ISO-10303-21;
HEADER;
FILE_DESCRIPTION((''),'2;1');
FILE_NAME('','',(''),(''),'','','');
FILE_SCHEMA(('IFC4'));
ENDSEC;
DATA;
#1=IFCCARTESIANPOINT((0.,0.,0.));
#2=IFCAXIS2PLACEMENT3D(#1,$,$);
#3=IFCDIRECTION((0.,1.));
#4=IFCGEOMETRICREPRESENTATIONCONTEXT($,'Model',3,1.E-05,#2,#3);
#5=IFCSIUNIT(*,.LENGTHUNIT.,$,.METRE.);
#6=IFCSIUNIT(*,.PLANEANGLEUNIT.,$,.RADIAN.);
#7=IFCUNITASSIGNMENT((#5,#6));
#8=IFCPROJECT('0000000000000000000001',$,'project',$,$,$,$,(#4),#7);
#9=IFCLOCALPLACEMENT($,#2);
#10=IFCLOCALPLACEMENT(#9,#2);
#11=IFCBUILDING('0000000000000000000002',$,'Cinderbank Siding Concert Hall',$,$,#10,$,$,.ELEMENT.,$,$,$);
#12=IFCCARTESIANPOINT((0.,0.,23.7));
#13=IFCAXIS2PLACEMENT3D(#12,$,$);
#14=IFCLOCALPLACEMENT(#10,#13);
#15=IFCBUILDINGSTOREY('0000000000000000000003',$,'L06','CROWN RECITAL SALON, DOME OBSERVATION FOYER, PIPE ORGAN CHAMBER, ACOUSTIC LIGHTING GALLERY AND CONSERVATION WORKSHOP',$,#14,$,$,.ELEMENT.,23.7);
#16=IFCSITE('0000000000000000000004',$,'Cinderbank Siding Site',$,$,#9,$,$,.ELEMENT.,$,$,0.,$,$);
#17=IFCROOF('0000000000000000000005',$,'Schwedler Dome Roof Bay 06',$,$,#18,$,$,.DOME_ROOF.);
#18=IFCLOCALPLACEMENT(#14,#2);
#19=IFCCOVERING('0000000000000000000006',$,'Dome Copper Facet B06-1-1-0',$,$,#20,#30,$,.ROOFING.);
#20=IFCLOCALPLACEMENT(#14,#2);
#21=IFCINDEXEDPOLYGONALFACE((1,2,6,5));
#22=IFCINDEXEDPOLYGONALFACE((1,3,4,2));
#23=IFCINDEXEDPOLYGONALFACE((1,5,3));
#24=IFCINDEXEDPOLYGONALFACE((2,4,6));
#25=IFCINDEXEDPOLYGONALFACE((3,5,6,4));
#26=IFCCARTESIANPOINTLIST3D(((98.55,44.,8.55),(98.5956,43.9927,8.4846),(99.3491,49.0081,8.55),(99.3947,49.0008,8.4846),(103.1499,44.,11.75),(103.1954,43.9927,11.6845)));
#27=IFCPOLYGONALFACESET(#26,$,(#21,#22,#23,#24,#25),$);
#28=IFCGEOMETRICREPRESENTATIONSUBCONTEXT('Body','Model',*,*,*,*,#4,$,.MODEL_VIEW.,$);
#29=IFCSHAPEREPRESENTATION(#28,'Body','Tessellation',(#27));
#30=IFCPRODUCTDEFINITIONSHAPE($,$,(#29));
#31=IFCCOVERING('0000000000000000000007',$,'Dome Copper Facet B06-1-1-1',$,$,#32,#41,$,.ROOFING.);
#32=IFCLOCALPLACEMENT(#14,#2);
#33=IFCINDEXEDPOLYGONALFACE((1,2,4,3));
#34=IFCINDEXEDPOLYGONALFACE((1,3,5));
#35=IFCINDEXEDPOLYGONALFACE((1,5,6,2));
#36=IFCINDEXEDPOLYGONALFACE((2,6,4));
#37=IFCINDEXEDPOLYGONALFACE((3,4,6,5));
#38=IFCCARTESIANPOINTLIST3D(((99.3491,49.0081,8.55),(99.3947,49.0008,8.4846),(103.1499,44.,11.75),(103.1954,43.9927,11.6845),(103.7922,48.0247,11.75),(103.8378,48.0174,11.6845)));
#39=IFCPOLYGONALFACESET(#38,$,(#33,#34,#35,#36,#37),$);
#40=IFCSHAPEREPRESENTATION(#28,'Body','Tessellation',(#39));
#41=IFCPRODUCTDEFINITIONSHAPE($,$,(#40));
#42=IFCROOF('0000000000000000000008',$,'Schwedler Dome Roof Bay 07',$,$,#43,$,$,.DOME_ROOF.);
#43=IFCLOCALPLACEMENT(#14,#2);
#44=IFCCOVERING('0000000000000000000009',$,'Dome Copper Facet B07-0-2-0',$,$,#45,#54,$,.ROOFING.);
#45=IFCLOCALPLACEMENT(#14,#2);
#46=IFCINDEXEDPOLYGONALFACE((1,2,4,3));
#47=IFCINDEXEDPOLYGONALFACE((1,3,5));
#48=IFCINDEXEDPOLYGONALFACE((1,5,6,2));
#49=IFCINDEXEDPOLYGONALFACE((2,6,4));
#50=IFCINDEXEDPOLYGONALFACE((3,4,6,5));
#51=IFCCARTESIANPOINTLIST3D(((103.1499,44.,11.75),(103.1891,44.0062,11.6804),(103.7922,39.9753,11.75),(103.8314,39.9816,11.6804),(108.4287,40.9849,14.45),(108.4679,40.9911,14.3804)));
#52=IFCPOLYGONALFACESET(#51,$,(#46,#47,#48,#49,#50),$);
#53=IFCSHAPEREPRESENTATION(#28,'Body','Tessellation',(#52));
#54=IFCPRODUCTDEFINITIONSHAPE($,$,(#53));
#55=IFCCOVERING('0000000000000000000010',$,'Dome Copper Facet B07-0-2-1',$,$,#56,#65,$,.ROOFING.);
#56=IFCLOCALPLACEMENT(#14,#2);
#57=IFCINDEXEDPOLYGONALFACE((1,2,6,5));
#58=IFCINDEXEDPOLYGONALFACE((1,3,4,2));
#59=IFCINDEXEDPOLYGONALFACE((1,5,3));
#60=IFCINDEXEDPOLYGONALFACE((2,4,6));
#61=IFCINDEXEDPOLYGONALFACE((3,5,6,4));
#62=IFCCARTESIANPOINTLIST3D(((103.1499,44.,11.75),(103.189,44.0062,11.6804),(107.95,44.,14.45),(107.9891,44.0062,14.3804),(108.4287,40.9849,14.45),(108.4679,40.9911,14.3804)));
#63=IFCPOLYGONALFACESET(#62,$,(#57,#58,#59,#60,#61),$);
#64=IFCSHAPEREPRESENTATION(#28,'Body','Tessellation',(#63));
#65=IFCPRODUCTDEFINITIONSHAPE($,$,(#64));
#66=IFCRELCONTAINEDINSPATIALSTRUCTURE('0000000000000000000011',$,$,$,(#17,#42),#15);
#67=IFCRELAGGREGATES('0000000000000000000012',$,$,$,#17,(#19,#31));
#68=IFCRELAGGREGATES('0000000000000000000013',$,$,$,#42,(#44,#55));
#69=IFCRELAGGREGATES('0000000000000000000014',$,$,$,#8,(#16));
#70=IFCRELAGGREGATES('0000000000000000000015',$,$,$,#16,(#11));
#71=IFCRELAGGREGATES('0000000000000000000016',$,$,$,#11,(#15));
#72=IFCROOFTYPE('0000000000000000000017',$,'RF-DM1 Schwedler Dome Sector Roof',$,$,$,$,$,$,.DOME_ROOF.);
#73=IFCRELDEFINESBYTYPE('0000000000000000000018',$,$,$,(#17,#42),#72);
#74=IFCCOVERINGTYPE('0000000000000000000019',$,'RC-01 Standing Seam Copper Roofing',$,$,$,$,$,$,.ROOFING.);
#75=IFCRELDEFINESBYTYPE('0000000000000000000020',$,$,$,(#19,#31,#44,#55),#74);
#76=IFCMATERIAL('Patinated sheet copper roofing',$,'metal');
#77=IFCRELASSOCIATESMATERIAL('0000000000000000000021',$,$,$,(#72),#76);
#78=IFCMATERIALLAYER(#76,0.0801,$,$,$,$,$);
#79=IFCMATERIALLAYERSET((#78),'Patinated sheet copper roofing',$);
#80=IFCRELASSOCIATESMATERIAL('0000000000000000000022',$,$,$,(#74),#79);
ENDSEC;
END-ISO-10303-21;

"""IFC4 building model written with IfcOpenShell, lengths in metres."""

from ifc_helpers import new_model, si_unit, direction, frame, origin, place, context, subcontext, project, spatial, polyline, outline, extrude, material, layer, layer_set, type_object, element, aggregate, save


model = new_model("IFC4")

# Units and contexts
model_context = context("Model", 3, precision=1e-05, world=origin(), true_north=direction((0.0, 1.0)))
body_context = subcontext(model_context, "Body", "Model", "MODEL_VIEW")
ifc_project = project(units=[si_unit("LENGTHUNIT", "METRE"), si_unit("PLANEANGLEUNIT", "RADIAN")], contexts=[model_context])

# Site, building, storey
site_placement = place(None, origin())
site = spatial("IfcSite", under=ifc_project, at=site_placement, Name="Cinderbank Siding Site", CompositionType="ELEMENT", RefElevation=0.0)
building_placement = place(site_placement, origin())
building = spatial("IfcBuilding", under=site, at=building_placement, Name="Cinderbank Siding Concert Hall", CompositionType="ELEMENT")
storey_placement = place(building_placement, frame((0.0, 0.0, 23.7)))
storey = spatial("IfcBuildingStorey", under=building, at=storey_placement, Name="L06", Description="CROWN RECITAL SALON, DOME OBSERVATION FOYER, PIPE ORGAN CHAMBER, ACOUSTIC LIGHTING GALLERY AND CONSERVATION WORKSHOP", CompositionType="ELEMENT", Elevation=23.7)

# Roofs, coverings
ifc_material_1 = material(Name="Patinated sheet copper roofing", Category="metal")
roof_type = type_object("IfcRoofType", Name="RF-DM1 Schwedler Dome Sector Roof", PredefinedType="DOME_ROOF", material=ifc_material_1)
roof_1_placement = place(storey_placement, origin())
roof_1 = element("IfcRoof", 1, at=roof_1_placement, inside=storey, type_object=roof_type, Name="Schwedler Dome Roof Bay 06", PredefinedType="DOME_ROOF")
ifc_layer_1 = layer(ifc_material_1, 0.0801)
ifc_layer_set_1 = layer_set([ifc_layer_1], Name="Patinated sheet copper roofing")
covering_type = type_object("IfcCoveringType", Name="RC-01 Standing Seam Copper Roofing", PredefinedType="ROOFING", material=ifc_layer_set_1)
covering_1_placement = place(storey_placement, frame((99.3491, 49.0081, 8.55), z_axis=(-0.568715, 0.090743, 0.817514), x_axis=(-0.157564, -0.987509, 0.0)))
covering_1 = element("IfcCovering", 2, at=covering_1_placement, type_object=covering_type, Name="Dome Copper Facet B06-1-1-0", PredefinedType="ROOFING", context=body_context, shape_type="SweptSolid", body=[
    extrude(outline(polyline([(0.0, 0.0), (5.0714, 0.0), (4.3466, 5.5564), (0.0, 0.0)])), origin(), (0.0, 0.0, -1.0), 0.0801),
])
covering_2_placement = place(storey_placement, frame((99.3491, 49.0081, 8.55), z_axis=(-0.568696, 0.090764, 0.817525), x_axis=(0.538772, -0.709907, 0.453603)))
covering_2 = element("IfcCovering", 3, at=covering_2_placement, type_object=covering_type, Name="Dome Copper Facet B06-1-1-1", PredefinedType="ROOFING", context=body_context, shape_type="SweptSolid", body=[
    extrude(outline(polyline([(0.0, 0.0), (7.0545, 0.0), (4.5435, 3.2101), (0.0, 0.0)])), origin(), (0.0, 0.0, -1.0), 0.0801),
])
aggregate(roof_1, [covering_1, covering_2])
roof_2_placement = place(storey_placement, origin())
roof_2 = element("IfcRoof", 4, at=roof_2_placement, inside=storey, type_object=roof_type, Name="Schwedler Dome Roof Bay 07", PredefinedType="DOME_ROOF")
covering_3_placement = place(storey_placement, frame((103.1499, 44.0, 11.75), z_axis=(-0.488946, -0.078036, 0.868817), x_axis=(0.157605, -0.987502, 0.0)))
covering_3 = element("IfcCovering", 5, at=covering_3_placement, type_object=covering_type, Name="Dome Copper Facet B07-0-2-0", PredefinedType="ROOFING", context=body_context, shape_type="SweptSolid", body=[
    extrude(outline(polyline([(0.0, 0.0), (4.0756, 0.0), (3.8094, 5.453), (0.0, 0.0)])), origin(), (0.0, 0.0, -1.0), 0.0801),
])
covering_4_placement = place(storey_placement, frame((103.1499, 44.0, 11.75), z_axis=(-0.488772, -0.07761, 0.868953), x_axis=(0.79359, -0.45328, 0.405897)))
covering_4 = element("IfcCovering", 6, at=covering_4_placement, type_object=covering_type, Name="Dome Copper Facet B07-0-2-1", PredefinedType="ROOFING", context=body_context, shape_type="SweptSolid", body=[
    extrude(outline(polyline([(0.0, 0.0), (6.6518, 0.0), (4.9052, 2.5039), (0.0, 0.0)])), origin(), (0.0, 0.0, -1.0), 0.0801),
])
aggregate(roof_2, [covering_3, covering_4])

save(model, "model.ifc")
